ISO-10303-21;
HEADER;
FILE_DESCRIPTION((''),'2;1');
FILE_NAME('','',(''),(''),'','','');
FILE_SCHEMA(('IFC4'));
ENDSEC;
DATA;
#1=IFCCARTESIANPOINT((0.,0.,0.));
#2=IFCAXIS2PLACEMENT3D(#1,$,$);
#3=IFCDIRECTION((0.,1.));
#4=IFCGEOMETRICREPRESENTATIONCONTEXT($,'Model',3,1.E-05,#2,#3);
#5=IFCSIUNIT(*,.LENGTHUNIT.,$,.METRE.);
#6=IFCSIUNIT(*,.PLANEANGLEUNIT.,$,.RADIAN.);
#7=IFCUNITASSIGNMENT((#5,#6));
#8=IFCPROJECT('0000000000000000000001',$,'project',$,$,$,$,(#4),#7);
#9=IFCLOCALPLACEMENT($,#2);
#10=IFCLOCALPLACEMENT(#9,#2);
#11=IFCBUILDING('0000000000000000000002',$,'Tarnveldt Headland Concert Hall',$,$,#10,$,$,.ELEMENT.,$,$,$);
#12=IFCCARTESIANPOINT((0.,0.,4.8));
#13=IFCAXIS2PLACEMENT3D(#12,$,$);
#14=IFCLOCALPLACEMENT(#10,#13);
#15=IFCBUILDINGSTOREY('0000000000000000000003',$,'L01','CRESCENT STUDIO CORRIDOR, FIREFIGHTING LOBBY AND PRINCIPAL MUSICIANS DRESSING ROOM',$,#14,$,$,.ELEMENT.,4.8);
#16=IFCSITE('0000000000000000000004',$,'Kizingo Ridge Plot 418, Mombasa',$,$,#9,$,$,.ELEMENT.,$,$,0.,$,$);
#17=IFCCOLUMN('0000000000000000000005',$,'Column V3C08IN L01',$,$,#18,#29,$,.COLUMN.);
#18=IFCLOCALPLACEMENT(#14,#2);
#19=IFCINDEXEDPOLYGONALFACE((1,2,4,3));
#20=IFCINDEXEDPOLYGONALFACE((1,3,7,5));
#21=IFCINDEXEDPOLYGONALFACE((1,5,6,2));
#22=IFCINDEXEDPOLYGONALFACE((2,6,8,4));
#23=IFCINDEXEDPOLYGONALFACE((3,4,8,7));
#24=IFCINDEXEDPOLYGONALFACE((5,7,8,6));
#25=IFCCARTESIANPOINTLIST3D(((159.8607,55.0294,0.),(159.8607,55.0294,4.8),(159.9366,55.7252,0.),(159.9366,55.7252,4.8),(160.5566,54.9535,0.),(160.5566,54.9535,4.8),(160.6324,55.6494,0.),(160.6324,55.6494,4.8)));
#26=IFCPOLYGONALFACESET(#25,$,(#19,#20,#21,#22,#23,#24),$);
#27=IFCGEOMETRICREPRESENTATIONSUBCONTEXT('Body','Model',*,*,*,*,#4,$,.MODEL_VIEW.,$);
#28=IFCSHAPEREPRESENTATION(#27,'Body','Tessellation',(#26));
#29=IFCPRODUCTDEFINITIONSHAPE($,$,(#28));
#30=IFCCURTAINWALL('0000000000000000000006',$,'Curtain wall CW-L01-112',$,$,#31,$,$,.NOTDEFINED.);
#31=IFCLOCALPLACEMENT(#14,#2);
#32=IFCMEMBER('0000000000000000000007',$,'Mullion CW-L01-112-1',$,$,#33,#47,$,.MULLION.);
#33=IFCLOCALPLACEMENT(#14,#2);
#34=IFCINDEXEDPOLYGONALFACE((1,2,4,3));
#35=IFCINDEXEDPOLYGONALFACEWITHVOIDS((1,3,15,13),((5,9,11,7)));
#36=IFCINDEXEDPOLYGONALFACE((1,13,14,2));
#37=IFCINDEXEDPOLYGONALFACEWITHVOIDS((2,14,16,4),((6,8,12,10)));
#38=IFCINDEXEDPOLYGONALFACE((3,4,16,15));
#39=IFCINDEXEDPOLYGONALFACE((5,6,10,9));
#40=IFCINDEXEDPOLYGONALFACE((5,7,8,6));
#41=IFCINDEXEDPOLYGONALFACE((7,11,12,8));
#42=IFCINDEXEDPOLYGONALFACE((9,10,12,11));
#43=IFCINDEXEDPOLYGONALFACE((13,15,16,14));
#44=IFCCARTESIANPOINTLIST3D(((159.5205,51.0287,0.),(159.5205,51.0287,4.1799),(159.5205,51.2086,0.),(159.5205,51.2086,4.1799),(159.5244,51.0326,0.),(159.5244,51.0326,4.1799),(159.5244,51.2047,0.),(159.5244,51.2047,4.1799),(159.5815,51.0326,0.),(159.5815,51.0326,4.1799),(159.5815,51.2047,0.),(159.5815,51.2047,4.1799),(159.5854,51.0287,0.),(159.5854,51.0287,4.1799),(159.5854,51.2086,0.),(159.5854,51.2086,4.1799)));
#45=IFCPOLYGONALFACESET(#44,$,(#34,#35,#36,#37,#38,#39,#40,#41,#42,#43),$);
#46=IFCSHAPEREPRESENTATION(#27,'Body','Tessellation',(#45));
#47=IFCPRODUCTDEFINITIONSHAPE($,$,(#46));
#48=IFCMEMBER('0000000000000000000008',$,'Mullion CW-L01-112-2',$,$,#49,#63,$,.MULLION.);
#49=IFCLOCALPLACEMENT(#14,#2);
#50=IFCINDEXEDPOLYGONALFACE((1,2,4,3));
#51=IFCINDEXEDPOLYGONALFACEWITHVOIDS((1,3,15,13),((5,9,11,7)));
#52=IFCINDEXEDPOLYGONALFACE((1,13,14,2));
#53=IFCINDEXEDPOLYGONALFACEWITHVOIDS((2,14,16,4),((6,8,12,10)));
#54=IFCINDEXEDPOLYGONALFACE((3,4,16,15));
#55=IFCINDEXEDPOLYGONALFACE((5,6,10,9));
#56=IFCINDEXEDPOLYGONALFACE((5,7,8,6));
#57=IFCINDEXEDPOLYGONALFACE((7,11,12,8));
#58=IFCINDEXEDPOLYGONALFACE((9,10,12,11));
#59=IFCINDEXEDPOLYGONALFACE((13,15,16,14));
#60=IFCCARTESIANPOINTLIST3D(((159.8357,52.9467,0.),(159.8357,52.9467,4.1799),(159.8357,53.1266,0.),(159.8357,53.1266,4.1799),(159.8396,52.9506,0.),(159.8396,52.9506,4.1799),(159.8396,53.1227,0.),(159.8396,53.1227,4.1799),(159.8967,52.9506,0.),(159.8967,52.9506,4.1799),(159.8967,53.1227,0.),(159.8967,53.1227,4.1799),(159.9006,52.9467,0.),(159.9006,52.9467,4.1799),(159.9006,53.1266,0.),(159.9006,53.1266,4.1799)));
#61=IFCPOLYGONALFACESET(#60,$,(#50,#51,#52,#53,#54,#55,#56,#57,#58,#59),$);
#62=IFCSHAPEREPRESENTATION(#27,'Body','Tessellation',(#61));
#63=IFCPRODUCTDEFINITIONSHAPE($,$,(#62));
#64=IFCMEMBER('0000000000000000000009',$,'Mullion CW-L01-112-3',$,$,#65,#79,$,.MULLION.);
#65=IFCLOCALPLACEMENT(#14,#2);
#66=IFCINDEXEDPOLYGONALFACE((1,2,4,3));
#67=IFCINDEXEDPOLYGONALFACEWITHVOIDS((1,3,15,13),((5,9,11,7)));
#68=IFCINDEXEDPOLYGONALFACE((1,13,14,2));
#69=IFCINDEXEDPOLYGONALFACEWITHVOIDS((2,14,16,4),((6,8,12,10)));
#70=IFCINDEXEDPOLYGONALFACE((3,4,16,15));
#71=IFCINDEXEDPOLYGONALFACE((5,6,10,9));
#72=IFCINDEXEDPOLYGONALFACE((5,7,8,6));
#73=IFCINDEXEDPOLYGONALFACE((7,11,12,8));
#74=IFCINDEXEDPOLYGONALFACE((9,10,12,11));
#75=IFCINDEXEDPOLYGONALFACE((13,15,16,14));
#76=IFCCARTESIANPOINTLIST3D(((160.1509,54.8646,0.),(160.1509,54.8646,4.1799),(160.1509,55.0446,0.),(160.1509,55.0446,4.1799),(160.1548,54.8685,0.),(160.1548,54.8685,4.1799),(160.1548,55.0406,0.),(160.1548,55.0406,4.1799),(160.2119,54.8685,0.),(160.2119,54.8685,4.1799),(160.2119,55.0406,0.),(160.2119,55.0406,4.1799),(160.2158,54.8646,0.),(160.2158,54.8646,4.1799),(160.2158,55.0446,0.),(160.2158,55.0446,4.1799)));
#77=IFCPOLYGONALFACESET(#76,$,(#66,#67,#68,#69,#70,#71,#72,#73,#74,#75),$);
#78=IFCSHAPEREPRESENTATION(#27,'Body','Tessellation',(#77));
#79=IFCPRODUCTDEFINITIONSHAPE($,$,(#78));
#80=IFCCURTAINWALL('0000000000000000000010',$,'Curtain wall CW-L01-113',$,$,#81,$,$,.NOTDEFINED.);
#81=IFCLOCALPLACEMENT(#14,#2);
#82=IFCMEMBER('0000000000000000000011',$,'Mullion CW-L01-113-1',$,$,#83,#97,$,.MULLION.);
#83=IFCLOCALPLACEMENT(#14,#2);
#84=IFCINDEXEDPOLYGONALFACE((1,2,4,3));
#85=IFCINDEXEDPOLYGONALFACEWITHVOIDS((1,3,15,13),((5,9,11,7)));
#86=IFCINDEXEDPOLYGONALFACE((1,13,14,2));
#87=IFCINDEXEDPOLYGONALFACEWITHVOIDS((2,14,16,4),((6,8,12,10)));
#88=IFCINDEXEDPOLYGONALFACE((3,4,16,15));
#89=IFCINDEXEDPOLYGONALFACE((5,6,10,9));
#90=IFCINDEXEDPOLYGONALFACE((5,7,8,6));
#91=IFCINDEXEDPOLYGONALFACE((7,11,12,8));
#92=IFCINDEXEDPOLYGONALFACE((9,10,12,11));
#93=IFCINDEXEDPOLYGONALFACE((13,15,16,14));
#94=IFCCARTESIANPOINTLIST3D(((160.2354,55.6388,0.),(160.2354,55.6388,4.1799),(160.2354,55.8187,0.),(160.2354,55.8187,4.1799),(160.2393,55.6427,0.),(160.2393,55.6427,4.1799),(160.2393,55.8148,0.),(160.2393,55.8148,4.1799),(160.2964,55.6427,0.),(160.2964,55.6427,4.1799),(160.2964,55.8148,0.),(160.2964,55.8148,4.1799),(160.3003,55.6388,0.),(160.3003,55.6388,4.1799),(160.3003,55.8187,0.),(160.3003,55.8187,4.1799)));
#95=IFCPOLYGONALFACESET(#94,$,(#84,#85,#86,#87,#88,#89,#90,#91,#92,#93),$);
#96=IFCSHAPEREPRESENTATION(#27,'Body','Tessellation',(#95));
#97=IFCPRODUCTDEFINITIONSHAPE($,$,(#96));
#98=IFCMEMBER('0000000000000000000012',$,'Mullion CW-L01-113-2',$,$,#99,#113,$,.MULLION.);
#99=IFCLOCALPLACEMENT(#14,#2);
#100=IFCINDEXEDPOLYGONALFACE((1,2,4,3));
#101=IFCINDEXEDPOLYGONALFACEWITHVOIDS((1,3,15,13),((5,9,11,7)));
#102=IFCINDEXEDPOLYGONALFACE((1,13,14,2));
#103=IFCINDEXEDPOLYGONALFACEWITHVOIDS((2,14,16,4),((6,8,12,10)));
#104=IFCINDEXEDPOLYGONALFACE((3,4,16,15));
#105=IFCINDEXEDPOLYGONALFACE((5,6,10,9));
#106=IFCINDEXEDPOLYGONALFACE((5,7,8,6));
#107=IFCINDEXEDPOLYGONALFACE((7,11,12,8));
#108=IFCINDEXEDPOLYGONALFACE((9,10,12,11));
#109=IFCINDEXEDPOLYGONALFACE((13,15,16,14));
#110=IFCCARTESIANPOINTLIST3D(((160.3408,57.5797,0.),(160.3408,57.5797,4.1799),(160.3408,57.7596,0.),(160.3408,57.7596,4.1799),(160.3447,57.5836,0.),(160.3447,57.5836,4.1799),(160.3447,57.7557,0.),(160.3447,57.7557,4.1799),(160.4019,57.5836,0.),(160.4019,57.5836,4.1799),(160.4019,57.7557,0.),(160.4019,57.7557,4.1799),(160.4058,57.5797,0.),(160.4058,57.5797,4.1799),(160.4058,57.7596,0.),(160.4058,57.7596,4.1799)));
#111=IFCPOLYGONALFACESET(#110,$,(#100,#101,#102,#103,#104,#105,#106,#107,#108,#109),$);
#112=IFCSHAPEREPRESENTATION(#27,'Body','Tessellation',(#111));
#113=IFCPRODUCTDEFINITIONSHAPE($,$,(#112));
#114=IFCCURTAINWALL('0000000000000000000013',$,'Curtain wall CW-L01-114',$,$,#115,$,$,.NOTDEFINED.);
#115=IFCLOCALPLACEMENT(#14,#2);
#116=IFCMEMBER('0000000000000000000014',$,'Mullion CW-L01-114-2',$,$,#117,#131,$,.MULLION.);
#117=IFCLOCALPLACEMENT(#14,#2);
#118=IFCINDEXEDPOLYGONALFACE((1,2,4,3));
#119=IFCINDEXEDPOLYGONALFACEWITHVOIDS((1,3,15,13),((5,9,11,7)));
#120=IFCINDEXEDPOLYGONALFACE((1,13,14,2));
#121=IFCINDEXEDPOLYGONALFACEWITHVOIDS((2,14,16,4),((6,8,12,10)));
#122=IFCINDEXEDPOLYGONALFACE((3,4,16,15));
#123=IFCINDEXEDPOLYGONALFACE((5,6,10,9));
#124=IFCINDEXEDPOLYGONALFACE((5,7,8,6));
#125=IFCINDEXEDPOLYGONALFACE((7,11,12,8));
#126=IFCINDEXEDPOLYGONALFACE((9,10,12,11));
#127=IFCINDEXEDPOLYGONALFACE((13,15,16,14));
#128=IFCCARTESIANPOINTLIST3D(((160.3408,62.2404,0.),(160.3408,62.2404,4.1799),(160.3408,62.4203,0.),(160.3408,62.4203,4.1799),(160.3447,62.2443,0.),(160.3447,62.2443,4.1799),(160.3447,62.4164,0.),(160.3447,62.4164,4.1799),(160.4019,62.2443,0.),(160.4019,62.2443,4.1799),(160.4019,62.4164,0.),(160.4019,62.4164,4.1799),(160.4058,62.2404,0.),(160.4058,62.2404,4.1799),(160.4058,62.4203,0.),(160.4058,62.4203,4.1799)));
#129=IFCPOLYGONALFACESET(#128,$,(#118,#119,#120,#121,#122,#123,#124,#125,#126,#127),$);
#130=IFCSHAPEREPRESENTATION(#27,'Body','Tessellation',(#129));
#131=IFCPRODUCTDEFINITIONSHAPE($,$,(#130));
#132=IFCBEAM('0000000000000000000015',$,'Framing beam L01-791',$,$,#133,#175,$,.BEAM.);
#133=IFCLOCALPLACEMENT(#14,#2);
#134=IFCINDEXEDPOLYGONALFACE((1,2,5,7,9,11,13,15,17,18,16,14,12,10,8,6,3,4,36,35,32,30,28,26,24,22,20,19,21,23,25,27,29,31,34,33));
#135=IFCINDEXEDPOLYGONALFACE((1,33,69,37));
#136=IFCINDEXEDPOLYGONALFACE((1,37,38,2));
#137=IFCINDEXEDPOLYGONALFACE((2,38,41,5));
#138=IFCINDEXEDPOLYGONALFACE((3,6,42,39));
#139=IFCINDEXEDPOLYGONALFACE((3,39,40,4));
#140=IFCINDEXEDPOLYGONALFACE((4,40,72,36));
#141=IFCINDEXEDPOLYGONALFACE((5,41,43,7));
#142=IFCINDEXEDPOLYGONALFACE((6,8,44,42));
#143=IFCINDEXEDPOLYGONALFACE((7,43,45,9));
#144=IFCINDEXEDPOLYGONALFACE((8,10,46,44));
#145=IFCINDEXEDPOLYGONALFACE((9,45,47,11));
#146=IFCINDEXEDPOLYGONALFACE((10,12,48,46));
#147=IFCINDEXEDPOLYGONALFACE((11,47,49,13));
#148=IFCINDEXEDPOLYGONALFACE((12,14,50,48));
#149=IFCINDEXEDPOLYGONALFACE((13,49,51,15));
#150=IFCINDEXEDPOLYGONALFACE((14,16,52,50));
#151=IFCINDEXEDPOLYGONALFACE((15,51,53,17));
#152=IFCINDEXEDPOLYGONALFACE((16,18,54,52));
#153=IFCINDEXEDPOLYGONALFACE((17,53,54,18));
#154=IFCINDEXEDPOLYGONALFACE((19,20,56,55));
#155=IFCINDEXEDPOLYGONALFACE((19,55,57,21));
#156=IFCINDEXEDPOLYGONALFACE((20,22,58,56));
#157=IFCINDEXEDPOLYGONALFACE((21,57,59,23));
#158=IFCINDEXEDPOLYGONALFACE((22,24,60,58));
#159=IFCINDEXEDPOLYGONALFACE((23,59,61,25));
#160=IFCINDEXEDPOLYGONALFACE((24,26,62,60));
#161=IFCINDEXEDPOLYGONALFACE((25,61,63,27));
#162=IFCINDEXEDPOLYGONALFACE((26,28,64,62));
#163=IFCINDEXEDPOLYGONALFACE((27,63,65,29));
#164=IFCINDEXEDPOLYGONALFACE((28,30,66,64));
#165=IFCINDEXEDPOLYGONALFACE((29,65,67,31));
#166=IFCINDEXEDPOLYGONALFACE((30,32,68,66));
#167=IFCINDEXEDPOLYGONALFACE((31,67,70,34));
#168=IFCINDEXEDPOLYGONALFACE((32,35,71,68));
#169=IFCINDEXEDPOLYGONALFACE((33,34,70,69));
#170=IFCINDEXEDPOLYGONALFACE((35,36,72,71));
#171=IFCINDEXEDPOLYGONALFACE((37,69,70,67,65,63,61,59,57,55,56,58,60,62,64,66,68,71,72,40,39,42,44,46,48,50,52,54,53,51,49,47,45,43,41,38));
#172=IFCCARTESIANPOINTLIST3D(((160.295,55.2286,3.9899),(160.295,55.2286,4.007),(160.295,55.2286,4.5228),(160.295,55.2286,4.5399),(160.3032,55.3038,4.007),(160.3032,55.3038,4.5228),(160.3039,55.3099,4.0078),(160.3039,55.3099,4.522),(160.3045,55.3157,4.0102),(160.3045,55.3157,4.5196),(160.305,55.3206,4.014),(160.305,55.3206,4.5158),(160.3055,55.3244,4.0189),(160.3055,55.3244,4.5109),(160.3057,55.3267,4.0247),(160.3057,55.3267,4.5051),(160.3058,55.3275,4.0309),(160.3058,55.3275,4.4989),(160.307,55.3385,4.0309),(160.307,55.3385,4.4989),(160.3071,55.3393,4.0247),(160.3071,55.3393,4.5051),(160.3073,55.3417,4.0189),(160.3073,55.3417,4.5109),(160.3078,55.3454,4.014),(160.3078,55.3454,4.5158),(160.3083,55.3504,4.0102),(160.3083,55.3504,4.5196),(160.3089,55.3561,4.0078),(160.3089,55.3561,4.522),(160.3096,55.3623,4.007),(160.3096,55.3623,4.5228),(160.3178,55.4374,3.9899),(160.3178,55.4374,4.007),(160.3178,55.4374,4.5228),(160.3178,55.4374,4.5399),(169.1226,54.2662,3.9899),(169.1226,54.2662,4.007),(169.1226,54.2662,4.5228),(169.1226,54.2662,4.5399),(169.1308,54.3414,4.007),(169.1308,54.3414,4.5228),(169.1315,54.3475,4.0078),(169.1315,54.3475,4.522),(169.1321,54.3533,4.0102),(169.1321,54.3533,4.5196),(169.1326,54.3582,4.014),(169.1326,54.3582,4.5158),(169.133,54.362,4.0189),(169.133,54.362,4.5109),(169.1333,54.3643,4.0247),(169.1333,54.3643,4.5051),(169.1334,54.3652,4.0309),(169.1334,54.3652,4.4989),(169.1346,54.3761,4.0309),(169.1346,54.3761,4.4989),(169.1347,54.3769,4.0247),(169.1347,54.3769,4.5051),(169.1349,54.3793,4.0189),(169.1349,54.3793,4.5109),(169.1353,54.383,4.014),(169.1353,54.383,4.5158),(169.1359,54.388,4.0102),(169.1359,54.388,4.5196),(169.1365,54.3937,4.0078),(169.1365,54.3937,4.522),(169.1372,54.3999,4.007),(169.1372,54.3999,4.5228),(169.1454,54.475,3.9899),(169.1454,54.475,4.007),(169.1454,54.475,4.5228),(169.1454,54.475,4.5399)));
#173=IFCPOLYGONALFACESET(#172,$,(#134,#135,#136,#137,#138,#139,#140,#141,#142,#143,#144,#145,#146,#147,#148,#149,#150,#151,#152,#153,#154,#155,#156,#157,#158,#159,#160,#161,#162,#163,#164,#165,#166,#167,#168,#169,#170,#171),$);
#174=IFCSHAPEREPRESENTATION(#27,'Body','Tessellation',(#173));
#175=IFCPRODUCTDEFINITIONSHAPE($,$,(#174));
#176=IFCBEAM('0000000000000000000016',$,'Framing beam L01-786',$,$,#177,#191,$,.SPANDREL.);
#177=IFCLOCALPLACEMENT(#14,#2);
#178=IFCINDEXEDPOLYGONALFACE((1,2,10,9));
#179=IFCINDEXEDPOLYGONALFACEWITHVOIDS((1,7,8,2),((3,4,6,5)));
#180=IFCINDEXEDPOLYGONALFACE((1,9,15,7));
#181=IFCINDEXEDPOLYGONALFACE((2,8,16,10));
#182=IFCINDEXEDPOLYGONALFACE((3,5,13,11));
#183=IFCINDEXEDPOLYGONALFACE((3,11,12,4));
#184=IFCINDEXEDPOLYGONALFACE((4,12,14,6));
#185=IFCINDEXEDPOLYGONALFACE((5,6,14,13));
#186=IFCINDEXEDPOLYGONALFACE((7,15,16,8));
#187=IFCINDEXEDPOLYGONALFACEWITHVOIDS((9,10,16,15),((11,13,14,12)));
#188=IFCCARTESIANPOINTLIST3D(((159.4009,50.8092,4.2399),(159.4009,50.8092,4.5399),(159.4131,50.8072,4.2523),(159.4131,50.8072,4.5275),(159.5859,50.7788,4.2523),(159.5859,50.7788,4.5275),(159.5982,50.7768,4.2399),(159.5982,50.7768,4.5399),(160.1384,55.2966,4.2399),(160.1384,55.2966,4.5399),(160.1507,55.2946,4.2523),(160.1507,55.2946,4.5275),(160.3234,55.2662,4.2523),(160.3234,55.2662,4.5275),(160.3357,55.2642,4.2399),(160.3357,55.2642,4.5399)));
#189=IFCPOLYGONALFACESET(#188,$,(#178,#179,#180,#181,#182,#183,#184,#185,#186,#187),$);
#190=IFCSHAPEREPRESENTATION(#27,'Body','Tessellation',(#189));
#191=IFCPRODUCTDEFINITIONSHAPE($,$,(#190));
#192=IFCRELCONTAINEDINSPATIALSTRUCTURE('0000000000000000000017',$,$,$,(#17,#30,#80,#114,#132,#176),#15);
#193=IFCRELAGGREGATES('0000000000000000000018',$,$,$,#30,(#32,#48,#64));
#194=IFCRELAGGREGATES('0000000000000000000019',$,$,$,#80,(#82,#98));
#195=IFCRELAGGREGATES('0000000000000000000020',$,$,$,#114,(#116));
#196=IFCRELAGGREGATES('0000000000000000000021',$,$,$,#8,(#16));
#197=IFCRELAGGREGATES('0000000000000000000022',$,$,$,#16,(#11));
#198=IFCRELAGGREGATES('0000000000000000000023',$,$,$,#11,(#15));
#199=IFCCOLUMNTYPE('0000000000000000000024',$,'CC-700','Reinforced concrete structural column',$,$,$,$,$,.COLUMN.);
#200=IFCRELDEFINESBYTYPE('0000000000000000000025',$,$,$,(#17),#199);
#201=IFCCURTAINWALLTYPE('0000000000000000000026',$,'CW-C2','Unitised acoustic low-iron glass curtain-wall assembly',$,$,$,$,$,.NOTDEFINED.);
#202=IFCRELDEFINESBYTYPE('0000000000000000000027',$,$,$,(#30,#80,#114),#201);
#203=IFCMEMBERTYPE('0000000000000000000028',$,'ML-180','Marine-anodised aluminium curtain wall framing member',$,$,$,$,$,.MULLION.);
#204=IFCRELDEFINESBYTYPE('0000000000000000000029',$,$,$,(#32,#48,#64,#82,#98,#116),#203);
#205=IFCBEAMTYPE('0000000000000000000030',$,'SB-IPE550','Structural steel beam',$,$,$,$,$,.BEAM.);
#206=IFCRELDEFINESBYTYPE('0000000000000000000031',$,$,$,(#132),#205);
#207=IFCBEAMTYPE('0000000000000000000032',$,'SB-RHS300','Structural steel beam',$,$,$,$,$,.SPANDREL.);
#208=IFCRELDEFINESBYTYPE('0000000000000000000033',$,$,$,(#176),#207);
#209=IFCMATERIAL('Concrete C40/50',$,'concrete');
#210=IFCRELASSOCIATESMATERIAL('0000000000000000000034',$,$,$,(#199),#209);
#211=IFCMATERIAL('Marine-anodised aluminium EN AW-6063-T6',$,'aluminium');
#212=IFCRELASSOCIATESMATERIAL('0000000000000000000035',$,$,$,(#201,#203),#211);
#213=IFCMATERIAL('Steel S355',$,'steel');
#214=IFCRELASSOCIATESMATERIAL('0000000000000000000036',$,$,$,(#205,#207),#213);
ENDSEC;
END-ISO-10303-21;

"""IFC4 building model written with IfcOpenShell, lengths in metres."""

from ifc_helpers import new_model, si_unit, direction, frame, origin, origin_2d, place, context, subcontext, project, spatial, rectangle, hollow_rectangle, i_section, extrude, material, material_profile, profile_set, type_object, element, aggregate, save


model = new_model("IFC4")

# Units and contexts
model_context = context("Model", 3, precision=1e-05, world=origin(), true_north=direction((0.0, 1.0)))
body_context = subcontext(model_context, "Body", "Model", "MODEL_VIEW")
ifc_project = project(units=[si_unit("LENGTHUNIT", "METRE"), si_unit("PLANEANGLEUNIT", "RADIAN")], contexts=[model_context])

# Site, building, storey
site_placement = place(None, origin())
site = spatial("IfcSite", under=ifc_project, at=site_placement, Name="Kizingo Ridge Plot 418, Mombasa", CompositionType="ELEMENT", RefElevation=0.0)
building_placement = place(site_placement, origin())
building = spatial("IfcBuilding", under=site, at=building_placement, Name="Tarnveldt Headland Concert Hall", CompositionType="ELEMENT")
storey_placement = place(building_placement, frame((0.0, 0.0, 4.8)))
storey = spatial("IfcBuildingStorey", under=building, at=storey_placement, Name="L01", Description="CRESCENT STUDIO CORRIDOR, FIREFIGHTING LOBBY AND PRINCIPAL MUSICIANS DRESSING ROOM", CompositionType="ELEMENT", Elevation=4.8)

# Column
ifc_material_1 = material(Name="Concrete C40/50", Category="concrete")
ifc_material_profile_1 = material_profile(ifc_material_1, rectangle(XDim=0.7, YDim=0.7, at=origin_2d()), Name="RC 700x700", Category="concrete")
ifc_profile_set_1 = profile_set([ifc_material_profile_1], Name="Concrete C40/50")
column_type = type_object("IfcColumnType", Name="CC-700", Description="Reinforced concrete structural column", PredefinedType="COLUMN", material=ifc_profile_set_1)
column_placement = place(storey_placement, frame((160.2466, 55.3394, 0.0), z_axis=(0.0, 0.0, 1.0), x_axis=(0.994113, -0.108346, 0.0)))
element("IfcColumn", 1, at=column_placement, inside=storey, type_object=column_type, Name="Column V3C08IN L01", PredefinedType="COLUMN", context=body_context, shape_type="SweptSolid", body=[
    extrude(rectangle(XDim=0.7, YDim=0.7, at=origin_2d()), origin(), (0.0, 0.0, 1.0), 4.8),
])

# Curtain walls, members
ifc_material_2 = material(Name="Marine-anodised aluminium EN AW-6063-T6", Category="aluminium")
curtain_wall_type = type_object("IfcCurtainWallType", Name="CW-C2", Description="Unitised acoustic low-iron glass curtain-wall assembly", PredefinedType="NOTDEFINED", material=ifc_material_2)
curtain_wall_1_placement = place(storey_placement, origin())
curtain_wall_1 = element("IfcCurtainWall", 2, at=curtain_wall_1_placement, inside=storey, type_object=curtain_wall_type, Name="Curtain wall CW-L01-112", PredefinedType="NOTDEFINED")
ifc_material_profile_2 = material_profile(ifc_material_2, hollow_rectangle(XDim=0.0649, YDim=0.1799, WallThickness=0.0039, at=origin_2d()), Name="ALU MULLION 65x180x4", Category="aluminium")
ifc_profile_set_2 = profile_set([ifc_material_profile_2], Name="Marine-anodised aluminium EN AW-6063-T6")
member_type_1 = type_object("IfcMemberType", Name="ML-180", Description="Marine-anodised aluminium curtain wall framing member", PredefinedType="MULLION", material=ifc_profile_set_2)
member_1_placement = place(storey_placement, frame((159.553, 51.1187, 0.0), z_axis=(0.0, 0.0, 1.0), x_axis=(1.0, 0.0, 0.0)))
member_1 = element("IfcMember", 3, at=member_1_placement, type_object=member_type_1, Name="Mullion CW-L01-112-1", PredefinedType="MULLION", context=body_context, shape_type="SweptSolid", body=[
    extrude(hollow_rectangle(XDim=0.0649, YDim=0.1799, WallThickness=0.0039, at=origin_2d()), origin(), (0.0, 0.0, 1.0), 4.1799),
])
member_2_placement = place(storey_placement, frame((159.8682, 53.0366, 0.0), z_axis=(0.0, 0.0, 1.0), x_axis=(1.0, 0.0, 0.0)))
member_2 = element("IfcMember", 4, at=member_2_placement, type_object=member_type_1, Name="Mullion CW-L01-112-2", PredefinedType="MULLION", context=body_context, shape_type="SweptSolid", body=[
    extrude(hollow_rectangle(XDim=0.0649, YDim=0.1799, WallThickness=0.0039, at=origin_2d()), origin(), (0.0, 0.0, 1.0), 4.1799),
])
member_3_placement = place(storey_placement, frame((160.1833, 54.9546, 0.0), z_axis=(0.0, 0.0, 1.0), x_axis=(1.0, 0.0, 0.0)))
member_3 = element("IfcMember", 5, at=member_3_placement, type_object=member_type_1, Name="Mullion CW-L01-112-3", PredefinedType="MULLION", context=body_context, shape_type="SweptSolid", body=[
    extrude(hollow_rectangle(XDim=0.0649, YDim=0.1799, WallThickness=0.0039, at=origin_2d()), origin(), (0.0, 0.0, 1.0), 4.1799),
])
curtain_wall_2_placement = place(storey_placement, origin())
curtain_wall_2 = element("IfcCurtainWall", 6, at=curtain_wall_2_placement, inside=storey, type_object=curtain_wall_type, Name="Curtain wall CW-L01-113", PredefinedType="NOTDEFINED")
member_4_placement = place(storey_placement, frame((160.2678, 55.7288, 0.0), z_axis=(0.0, 0.0, 1.0), x_axis=(1.0, 0.0, 0.0)))
member_4 = element("IfcMember", 7, at=member_4_placement, type_object=member_type_1, Name="Mullion CW-L01-113-1", PredefinedType="MULLION", context=body_context, shape_type="SweptSolid", body=[
    extrude(hollow_rectangle(XDim=0.0649, YDim=0.1799, WallThickness=0.0039, at=origin_2d()), origin(), (0.0, 0.0, 1.0), 4.1799),
])
member_5_placement = place(storey_placement, frame((160.3733, 57.6697, 0.0), z_axis=(0.0, 0.0, 1.0), x_axis=(1.0, 0.0, 0.0)))
member_5 = element("IfcMember", 8, at=member_5_placement, type_object=member_type_1, Name="Mullion CW-L01-113-2", PredefinedType="MULLION", context=body_context, shape_type="SweptSolid", body=[
    extrude(hollow_rectangle(XDim=0.0649, YDim=0.1799, WallThickness=0.0039, at=origin_2d()), origin(), (0.0, 0.0, 1.0), 4.1799),
])

# Curtain wall, member
curtain_wall_3_placement = place(storey_placement, origin())
curtain_wall_3 = element("IfcCurtainWall", 9, at=curtain_wall_3_placement, inside=storey, type_object=curtain_wall_type, Name="Curtain wall CW-L01-114", PredefinedType="NOTDEFINED")
member_6_placement = place(storey_placement, frame((160.3733, 62.3303, 0.0), z_axis=(0.0, 0.0, 1.0), x_axis=(1.0, 0.0, 0.0)))
member_6 = element("IfcMember", 10, at=member_6_placement, type_object=member_type_1, Name="Mullion CW-L01-114-2", PredefinedType="MULLION", context=body_context, shape_type="SweptSolid", body=[
    extrude(hollow_rectangle(XDim=0.0649, YDim=0.1799, WallThickness=0.0039, at=origin_2d()), origin(), (0.0, 0.0, 1.0), 4.1799),
])

# Beams
ifc_material_3 = material(Name="Steel S355", Category="steel")
ifc_material_profile_3 = material_profile(ifc_material_3, i_section(OverallWidth=0.21, OverallDepth=0.55, WebThickness=0.011, FlangeThickness=0.0171, FilletRadius=0.0239, at=origin_2d()), Name="IPE550", Category="steel")
ifc_profile_set_3 = profile_set([ifc_material_profile_3], Name="Steel S355")
beam_type_1 = type_object("IfcBeamType", Name="SB-IPE550", Description="Structural steel beam", PredefinedType="BEAM", material=ifc_profile_set_3)
beam_1_placement = place(storey_placement, frame((160.3064, 55.333, 4.2649), z_axis=(0.99411, -0.108379, 0.0), x_axis=(0.108379, 0.99411, 0.0)))
element("IfcBeam", 11, at=beam_1_placement, inside=storey, type_object=beam_type_1, Name="Framing beam L01-791", PredefinedType="BEAM", context=body_context, shape_type="SweptSolid", body=[
    extrude(i_section(OverallWidth=0.21, OverallDepth=0.55, WebThickness=0.011, FlangeThickness=0.0171, FilletRadius=0.0239, at=origin_2d()), origin(), (0.0, 0.0, 1.0), 8.8799),
])
ifc_material_profile_4 = material_profile(ifc_material_3, hollow_rectangle(XDim=0.2, YDim=0.3, WallThickness=0.0125, at=origin_2d()), Name="RHS 300x200x12.5", Category="steel")
ifc_profile_set_4 = profile_set([ifc_material_profile_4], Name="Steel S355")
beam_type_2 = type_object("IfcBeamType", Name="SB-RHS300", Description="Structural steel beam", PredefinedType="SPANDREL", material=ifc_profile_set_4)
beam_2_placement = place(storey_placement, frame((159.4995, 50.793, 4.3899), z_axis=(0.162187, 0.98676, 0.0), x_axis=(-0.98676, 0.162187, 0.0)))
element("IfcBeam", 12, at=beam_2_placement, inside=storey, type_object=beam_type_2, Name="Framing beam L01-786", PredefinedType="SPANDREL", context=body_context, shape_type="SweptSolid", body=[
    extrude(hollow_rectangle(XDim=0.2, YDim=0.3, WallThickness=0.0125, at=origin_2d()), origin(), (0.0, 0.0, 1.0), 4.5476),
])

aggregate(curtain_wall_1, [member_1, member_2, member_3])
aggregate(curtain_wall_2, [member_4, member_5])
aggregate(curtain_wall_3, [member_6])

save(model, "model.ifc")
